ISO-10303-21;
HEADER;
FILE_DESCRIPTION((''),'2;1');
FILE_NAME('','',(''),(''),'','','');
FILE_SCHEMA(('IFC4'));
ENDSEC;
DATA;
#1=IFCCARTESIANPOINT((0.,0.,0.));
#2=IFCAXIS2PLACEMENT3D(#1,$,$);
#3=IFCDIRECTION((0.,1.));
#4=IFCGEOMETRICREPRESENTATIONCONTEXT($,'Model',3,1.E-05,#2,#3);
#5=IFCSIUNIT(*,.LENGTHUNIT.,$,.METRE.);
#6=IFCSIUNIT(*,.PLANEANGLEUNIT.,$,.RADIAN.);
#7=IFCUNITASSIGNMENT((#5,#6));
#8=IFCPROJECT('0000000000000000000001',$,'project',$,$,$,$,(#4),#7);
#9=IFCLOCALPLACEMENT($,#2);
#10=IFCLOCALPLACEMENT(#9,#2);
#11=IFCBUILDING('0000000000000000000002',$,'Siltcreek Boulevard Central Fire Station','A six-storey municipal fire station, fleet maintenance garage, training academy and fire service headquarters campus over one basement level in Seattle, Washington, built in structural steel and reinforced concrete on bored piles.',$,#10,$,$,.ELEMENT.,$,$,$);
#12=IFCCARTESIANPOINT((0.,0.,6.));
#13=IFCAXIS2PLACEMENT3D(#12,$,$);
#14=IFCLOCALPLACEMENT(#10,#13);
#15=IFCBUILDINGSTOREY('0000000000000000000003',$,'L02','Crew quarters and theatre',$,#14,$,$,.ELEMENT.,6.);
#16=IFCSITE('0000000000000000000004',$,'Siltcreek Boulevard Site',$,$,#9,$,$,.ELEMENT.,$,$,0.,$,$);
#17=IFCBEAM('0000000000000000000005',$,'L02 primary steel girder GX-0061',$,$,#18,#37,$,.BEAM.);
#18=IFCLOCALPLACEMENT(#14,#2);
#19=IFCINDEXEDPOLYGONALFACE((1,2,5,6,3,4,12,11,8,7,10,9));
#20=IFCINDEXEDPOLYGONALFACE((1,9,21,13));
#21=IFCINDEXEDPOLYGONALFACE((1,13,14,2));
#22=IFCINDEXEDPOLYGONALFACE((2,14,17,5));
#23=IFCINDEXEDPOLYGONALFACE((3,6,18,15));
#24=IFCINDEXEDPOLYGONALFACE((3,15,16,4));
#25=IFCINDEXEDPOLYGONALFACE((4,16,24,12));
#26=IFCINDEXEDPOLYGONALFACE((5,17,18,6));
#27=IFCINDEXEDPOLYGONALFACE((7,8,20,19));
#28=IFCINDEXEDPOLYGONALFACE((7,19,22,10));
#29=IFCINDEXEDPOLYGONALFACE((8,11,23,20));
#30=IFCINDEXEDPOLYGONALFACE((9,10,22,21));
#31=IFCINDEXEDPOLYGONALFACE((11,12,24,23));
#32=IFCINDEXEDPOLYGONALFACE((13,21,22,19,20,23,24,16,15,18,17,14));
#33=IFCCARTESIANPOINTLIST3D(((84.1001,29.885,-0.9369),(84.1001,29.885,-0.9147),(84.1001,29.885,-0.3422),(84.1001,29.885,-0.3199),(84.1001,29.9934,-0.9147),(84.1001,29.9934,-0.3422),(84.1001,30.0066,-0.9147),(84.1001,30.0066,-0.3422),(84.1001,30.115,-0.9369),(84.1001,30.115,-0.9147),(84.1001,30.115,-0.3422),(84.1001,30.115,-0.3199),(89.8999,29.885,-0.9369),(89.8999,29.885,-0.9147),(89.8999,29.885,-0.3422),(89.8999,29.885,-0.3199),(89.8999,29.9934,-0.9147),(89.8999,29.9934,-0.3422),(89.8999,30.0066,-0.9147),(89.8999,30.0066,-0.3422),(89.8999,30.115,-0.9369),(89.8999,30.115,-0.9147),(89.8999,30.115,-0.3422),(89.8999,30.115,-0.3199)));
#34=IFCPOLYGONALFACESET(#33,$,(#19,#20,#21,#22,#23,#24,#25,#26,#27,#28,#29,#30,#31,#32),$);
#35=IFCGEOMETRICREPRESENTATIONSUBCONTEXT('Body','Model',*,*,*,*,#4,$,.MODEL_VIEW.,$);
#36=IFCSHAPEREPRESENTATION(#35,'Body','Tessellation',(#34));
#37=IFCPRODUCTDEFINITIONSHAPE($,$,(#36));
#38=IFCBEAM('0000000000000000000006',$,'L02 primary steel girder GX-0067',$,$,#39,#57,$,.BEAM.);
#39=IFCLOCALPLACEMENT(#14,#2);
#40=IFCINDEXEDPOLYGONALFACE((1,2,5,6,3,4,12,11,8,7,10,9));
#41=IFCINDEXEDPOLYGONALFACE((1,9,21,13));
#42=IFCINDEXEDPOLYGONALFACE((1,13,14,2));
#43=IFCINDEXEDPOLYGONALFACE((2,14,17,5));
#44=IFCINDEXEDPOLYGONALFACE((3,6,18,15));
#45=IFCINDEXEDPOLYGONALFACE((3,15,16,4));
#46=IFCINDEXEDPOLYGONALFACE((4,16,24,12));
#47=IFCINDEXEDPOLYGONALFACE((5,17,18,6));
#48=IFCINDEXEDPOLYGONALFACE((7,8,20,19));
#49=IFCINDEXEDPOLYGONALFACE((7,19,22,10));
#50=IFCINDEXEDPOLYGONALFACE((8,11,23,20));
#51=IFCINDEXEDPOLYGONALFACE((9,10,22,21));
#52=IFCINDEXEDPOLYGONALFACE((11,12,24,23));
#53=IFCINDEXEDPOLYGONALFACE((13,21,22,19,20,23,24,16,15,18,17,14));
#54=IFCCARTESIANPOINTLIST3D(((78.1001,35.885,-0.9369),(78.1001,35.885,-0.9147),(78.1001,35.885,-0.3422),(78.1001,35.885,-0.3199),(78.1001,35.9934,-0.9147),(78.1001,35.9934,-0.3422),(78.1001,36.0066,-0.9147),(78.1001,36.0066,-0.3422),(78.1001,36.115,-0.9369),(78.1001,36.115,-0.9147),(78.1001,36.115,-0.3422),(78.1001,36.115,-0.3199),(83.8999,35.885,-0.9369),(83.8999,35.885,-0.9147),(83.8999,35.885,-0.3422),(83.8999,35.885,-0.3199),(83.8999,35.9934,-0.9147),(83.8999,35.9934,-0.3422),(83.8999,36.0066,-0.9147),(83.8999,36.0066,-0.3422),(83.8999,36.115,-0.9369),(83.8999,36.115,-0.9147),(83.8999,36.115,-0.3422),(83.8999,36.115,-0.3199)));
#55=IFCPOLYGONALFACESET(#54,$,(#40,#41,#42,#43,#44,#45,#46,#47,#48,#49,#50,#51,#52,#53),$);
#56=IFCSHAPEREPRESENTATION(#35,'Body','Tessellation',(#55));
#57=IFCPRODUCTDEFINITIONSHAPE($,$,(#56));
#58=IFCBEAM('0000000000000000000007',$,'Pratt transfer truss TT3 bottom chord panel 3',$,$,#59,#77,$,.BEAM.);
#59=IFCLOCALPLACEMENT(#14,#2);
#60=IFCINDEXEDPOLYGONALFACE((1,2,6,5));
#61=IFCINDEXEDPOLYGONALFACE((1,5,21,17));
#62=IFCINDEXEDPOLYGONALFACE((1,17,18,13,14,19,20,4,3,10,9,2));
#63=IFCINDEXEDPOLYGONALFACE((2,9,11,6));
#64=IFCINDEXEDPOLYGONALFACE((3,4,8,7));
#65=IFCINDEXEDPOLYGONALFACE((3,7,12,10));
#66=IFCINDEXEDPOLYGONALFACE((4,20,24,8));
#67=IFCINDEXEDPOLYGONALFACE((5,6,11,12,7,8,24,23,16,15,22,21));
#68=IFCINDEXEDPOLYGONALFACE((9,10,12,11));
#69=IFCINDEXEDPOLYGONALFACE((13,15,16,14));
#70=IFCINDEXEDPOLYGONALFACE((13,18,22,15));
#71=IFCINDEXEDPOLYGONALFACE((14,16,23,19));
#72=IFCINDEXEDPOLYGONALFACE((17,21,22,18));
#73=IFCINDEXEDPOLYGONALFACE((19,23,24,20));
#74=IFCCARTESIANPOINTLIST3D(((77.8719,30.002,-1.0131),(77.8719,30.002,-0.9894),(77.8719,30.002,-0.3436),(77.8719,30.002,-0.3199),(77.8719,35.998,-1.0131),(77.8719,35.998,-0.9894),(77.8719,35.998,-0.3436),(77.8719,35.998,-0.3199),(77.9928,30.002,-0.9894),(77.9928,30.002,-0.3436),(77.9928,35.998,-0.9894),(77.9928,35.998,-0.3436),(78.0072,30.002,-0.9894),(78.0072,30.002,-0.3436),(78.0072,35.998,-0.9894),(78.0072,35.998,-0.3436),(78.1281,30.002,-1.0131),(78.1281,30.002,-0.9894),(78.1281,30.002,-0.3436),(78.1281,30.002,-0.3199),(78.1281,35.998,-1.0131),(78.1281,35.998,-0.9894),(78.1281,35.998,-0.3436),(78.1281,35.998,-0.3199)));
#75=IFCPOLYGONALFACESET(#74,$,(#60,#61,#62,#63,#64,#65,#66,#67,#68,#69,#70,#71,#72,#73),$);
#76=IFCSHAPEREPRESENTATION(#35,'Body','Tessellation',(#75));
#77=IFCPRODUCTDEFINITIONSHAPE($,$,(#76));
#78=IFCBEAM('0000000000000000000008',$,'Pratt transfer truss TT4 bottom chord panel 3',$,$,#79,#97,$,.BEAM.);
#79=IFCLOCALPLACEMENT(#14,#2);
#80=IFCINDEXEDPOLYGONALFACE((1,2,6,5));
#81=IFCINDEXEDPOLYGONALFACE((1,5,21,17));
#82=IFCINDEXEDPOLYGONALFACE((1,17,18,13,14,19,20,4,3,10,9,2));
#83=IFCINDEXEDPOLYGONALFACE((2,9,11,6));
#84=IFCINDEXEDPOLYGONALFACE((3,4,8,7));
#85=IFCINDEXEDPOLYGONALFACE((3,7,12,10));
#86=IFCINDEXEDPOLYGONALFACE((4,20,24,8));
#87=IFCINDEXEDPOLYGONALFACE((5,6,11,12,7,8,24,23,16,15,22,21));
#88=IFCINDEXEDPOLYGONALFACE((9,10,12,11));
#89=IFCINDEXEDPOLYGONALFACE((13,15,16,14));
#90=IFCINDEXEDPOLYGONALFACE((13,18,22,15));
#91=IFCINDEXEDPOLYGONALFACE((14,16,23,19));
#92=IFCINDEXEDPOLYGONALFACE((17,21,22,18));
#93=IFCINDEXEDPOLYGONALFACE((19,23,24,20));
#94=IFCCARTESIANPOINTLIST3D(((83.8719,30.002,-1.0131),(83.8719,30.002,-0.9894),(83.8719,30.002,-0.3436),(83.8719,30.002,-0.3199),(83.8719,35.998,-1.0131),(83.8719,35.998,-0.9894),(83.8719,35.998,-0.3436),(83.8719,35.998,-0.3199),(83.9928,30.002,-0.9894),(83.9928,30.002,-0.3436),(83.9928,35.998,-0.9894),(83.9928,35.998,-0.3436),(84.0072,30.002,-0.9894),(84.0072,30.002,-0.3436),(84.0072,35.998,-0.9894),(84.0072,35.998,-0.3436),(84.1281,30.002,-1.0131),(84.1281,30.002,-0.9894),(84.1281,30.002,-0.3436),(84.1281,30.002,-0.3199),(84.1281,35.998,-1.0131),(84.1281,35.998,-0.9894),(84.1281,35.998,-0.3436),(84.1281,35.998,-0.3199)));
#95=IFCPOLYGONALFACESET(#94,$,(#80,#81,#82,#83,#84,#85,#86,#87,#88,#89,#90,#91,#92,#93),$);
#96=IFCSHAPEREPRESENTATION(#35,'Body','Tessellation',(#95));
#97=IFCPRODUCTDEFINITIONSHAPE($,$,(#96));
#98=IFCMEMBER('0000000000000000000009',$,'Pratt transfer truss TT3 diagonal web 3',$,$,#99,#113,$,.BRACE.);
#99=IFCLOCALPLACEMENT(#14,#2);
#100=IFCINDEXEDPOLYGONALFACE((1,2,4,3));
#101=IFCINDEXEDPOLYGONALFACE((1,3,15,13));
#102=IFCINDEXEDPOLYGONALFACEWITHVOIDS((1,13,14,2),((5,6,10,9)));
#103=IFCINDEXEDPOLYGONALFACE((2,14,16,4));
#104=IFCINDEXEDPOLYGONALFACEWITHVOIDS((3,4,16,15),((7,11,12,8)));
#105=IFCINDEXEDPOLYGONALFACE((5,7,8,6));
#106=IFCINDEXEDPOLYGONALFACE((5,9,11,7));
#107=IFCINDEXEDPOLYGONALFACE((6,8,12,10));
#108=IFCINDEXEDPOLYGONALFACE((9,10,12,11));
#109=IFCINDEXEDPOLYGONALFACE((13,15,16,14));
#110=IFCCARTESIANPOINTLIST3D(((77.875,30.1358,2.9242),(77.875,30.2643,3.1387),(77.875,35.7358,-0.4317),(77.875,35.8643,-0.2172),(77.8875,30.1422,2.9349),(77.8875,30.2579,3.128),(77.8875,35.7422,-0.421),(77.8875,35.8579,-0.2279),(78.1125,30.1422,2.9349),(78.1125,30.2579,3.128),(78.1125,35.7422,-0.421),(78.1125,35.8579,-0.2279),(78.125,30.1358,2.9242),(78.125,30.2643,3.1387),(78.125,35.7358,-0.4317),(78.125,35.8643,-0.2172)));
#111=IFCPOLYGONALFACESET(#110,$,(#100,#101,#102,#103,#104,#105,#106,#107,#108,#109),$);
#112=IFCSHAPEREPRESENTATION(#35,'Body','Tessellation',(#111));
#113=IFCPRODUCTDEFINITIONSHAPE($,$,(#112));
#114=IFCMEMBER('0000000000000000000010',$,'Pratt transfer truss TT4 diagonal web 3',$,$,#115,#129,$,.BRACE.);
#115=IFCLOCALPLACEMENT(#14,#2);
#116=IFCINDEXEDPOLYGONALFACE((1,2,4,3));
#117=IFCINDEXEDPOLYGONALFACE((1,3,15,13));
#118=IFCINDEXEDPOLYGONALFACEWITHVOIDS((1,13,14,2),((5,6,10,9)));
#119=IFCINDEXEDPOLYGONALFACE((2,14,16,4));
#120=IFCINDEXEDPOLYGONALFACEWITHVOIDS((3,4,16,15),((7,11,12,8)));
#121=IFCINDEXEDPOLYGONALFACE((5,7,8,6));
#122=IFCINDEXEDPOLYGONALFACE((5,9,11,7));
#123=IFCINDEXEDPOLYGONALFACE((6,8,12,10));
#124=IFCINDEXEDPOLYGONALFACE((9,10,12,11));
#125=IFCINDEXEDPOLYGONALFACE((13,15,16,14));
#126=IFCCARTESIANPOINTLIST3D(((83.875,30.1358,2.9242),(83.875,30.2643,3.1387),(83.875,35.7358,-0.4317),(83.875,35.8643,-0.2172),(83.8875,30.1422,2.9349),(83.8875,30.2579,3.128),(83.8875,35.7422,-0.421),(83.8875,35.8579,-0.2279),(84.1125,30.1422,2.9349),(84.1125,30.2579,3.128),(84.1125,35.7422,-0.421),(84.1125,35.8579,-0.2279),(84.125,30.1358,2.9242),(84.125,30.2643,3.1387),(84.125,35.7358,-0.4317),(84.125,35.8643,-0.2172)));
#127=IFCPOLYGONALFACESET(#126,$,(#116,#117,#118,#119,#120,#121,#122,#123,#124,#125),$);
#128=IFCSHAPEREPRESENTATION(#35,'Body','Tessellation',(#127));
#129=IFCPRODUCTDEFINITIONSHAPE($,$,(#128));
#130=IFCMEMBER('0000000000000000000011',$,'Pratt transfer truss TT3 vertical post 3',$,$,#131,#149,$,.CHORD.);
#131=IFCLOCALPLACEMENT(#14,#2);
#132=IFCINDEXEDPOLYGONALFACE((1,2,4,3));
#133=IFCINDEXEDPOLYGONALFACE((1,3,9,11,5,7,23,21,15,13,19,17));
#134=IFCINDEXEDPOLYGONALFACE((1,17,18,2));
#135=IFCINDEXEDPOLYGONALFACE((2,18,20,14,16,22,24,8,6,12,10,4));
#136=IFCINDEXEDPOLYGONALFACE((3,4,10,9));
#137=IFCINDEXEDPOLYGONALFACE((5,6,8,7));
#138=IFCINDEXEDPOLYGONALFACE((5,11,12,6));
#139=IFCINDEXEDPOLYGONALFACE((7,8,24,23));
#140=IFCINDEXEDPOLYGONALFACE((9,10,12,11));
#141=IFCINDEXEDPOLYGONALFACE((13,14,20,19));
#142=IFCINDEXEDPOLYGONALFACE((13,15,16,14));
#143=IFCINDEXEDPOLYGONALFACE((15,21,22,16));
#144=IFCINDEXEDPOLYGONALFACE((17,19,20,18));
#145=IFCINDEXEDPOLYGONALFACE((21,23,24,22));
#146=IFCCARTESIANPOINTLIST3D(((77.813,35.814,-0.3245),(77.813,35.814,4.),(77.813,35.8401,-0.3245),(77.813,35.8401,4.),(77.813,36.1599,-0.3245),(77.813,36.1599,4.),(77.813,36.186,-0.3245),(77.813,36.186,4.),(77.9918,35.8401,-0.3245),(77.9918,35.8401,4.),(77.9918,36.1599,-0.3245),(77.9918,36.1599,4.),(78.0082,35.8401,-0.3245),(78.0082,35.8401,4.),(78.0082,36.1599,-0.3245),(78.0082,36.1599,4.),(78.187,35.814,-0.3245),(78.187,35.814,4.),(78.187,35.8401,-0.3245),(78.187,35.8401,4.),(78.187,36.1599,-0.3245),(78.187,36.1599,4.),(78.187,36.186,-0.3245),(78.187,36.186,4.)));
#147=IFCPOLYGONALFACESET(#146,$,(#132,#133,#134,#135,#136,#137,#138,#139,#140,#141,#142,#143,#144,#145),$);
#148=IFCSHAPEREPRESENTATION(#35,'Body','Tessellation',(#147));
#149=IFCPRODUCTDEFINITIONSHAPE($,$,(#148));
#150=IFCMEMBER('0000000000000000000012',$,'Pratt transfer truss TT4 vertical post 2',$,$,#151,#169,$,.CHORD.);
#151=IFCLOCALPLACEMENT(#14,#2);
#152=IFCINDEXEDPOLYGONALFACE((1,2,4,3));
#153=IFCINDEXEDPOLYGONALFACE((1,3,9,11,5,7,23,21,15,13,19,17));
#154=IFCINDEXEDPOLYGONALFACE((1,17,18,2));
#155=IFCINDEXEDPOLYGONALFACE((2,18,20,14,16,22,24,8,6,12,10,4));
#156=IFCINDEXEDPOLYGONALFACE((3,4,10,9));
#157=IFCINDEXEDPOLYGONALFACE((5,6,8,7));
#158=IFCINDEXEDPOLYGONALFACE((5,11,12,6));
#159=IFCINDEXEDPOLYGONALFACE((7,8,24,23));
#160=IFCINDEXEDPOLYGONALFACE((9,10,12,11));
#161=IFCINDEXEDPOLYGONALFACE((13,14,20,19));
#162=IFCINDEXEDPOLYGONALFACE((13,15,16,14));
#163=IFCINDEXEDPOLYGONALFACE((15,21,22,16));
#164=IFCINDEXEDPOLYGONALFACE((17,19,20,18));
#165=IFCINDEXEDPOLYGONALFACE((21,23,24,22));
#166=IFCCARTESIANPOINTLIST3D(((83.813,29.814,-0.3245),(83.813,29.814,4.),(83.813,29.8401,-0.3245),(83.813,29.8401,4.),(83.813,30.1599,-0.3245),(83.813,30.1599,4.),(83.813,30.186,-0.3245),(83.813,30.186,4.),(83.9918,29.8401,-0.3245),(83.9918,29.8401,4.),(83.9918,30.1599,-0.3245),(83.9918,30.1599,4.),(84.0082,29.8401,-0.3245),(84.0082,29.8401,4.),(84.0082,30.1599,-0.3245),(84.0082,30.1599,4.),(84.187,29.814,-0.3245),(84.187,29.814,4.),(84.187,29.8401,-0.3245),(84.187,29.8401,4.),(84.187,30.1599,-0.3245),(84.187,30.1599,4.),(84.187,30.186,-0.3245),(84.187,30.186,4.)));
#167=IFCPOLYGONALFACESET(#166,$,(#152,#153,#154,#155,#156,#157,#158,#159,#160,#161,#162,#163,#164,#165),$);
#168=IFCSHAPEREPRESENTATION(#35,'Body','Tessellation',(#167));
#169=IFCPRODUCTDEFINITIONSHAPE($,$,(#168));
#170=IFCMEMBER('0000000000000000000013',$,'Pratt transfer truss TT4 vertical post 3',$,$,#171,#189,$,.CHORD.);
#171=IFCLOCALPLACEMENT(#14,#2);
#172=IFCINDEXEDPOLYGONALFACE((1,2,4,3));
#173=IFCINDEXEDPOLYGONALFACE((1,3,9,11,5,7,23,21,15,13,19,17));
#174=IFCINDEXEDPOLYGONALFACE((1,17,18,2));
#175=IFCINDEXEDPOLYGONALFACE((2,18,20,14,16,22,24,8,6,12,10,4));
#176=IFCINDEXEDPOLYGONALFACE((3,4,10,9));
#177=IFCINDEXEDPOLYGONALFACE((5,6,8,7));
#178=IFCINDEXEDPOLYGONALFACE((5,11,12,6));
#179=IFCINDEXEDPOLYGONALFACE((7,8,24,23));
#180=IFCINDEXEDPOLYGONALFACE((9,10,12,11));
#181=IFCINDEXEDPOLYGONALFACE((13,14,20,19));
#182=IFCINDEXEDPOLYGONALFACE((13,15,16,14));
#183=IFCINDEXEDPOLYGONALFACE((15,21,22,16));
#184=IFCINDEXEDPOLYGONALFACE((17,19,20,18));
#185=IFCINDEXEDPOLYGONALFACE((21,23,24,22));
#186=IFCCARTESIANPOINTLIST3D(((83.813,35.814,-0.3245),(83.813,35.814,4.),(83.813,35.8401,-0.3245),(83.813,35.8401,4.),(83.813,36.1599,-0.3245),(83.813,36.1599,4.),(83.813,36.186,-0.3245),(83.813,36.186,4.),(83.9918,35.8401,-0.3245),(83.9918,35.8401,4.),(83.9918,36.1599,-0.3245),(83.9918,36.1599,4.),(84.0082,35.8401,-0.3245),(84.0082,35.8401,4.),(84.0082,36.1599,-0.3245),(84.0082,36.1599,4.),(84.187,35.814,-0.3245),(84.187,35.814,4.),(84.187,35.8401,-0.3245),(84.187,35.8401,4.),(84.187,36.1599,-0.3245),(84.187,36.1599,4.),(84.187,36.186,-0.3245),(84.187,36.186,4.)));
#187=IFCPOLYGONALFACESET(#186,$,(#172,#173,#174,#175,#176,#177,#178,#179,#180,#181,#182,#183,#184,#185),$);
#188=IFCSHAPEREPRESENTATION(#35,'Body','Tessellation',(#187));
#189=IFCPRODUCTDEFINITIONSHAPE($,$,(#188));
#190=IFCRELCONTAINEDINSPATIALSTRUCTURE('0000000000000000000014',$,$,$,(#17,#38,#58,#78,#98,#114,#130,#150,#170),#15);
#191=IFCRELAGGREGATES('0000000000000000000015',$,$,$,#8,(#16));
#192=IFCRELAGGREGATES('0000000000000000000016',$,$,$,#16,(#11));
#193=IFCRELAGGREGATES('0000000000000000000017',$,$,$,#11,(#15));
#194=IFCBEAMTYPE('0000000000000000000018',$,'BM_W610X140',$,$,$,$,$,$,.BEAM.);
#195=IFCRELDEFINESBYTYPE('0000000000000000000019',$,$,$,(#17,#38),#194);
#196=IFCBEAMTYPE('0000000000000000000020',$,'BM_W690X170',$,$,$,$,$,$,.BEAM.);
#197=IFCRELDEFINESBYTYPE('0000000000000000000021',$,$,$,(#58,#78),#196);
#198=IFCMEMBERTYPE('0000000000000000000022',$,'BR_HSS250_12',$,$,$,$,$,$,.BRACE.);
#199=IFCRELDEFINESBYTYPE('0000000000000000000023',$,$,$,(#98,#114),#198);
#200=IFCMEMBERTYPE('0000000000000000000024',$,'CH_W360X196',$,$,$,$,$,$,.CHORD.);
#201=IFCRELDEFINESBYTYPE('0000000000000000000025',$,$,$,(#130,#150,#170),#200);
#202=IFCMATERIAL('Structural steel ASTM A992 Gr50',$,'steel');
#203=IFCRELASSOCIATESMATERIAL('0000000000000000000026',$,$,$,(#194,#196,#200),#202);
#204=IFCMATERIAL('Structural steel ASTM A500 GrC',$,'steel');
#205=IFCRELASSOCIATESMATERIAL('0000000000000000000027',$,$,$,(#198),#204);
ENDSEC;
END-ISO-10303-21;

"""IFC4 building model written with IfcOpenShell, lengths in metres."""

from ifc_helpers import new_model, si_unit, direction, frame, origin, origin_2d, place, context, subcontext, project, spatial, hollow_rectangle, i_section, extrude, material, material_profile, profile_set, type_object, element, save


model = new_model("IFC4")

# Units and contexts
model_context = context("Model", 3, precision=1e-05, world=origin(), true_north=direction((0.0, 1.0)))
body_context = subcontext(model_context, "Body", "Model", "MODEL_VIEW")
ifc_project = project(units=[si_unit("LENGTHUNIT", "METRE"), si_unit("PLANEANGLEUNIT", "RADIAN")], contexts=[model_context])

# Site, building, storey
site_placement = place(None, origin())
site = spatial("IfcSite", under=ifc_project, at=site_placement, Name="Siltcreek Boulevard Site", CompositionType="ELEMENT", RefElevation=0.0)
building_placement = place(site_placement, origin())
building = spatial("IfcBuilding", under=site, at=building_placement, Name="Siltcreek Boulevard Central Fire Station", Description="A six-storey municipal fire station, fleet maintenance garage, training academy and fire service headquarters campus over one basement level in Seattle, Washington, built in structural steel and reinforced concrete on bored piles.", CompositionType="ELEMENT")
storey_placement = place(building_placement, frame((0.0, 0.0, 6.0)))
storey = spatial("IfcBuildingStorey", under=building, at=storey_placement, Name="L02", Description="Crew quarters and theatre", CompositionType="ELEMENT", Elevation=6.0)

# Beams
ifc_material_1 = material(Name="Structural steel ASTM A992 Gr50", Category="steel")
ifc_material_profile_1 = material_profile(ifc_material_1, i_section(OverallWidth=0.23, OverallDepth=0.6169, WebThickness=0.0132, FlangeThickness=0.0222, at=origin_2d()), Name="W610X140")
ifc_profile_set_1 = profile_set([ifc_material_profile_1], Name="Structural steel ASTM A992 Gr50")
beam_type_1 = type_object("IfcBeamType", Name="BM_W610X140", PredefinedType="BEAM", material=ifc_profile_set_1)
for number, where, z_axis, x_axis, name in (
    (1, (84.1001, 30.0, -0.6284), (1.0, 0.0, 0.0), (0.0, 1.0, 0.0), "L02 primary steel girder GX-0061"),
    (2, (78.1001, 36.0, -0.6284), (1.0, 0.0, 0.0), (0.0, 1.0, 0.0), "L02 primary steel girder GX-0067"),
):
    element("IfcBeam", number, at=place(storey_placement, frame(where, z_axis=z_axis, x_axis=x_axis)), inside=storey, type_object=beam_type_1, Name=name, PredefinedType="BEAM", context=body_context, shape_type="SweptSolid", body=[
        extrude(i_section(OverallWidth=0.23, OverallDepth=0.6169, WebThickness=0.0132, FlangeThickness=0.0222, at=origin_2d()), origin(), (0.0, 0.0, 1.0), 5.7998),
    ])
ifc_material_profile_2 = material_profile(ifc_material_1, i_section(OverallWidth=0.2561, OverallDepth=0.6931, WebThickness=0.0144, FlangeThickness=0.0237, at=origin_2d()), Name="W690X170")
ifc_profile_set_2 = profile_set([ifc_material_profile_2], Name="Structural steel ASTM A992 Gr50")
beam_type_2 = type_object("IfcBeamType", Name="BM_W690X170", PredefinedType="BEAM", material=ifc_profile_set_2)
for number, where, z_axis, x_axis, name in (
    (3, (78.0, 30.002, -0.6665), (0.0, 1.0, 0.0), (-1.0, 0.0, 0.0), "Pratt transfer truss TT3 bottom chord panel 3"),
    (4, (84.0, 30.002, -0.6665), (0.0, 1.0, 0.0), (-1.0, 0.0, 0.0), "Pratt transfer truss TT4 bottom chord panel 3"),
):
    element("IfcBeam", number, at=place(storey_placement, frame(where, z_axis=z_axis, x_axis=x_axis)), inside=storey, type_object=beam_type_2, Name=name, PredefinedType="BEAM", context=body_context, shape_type="SweptSolid", body=[
        extrude(i_section(OverallWidth=0.2561, OverallDepth=0.6931, WebThickness=0.0144, FlangeThickness=0.0237, at=origin_2d()), origin(), (0.0, 0.0, 1.0), 5.9961),
    ])

# Members
ifc_material_2 = material(Name="Structural steel ASTM A500 GrC", Category="steel")
ifc_material_profile_3 = material_profile(ifc_material_2, hollow_rectangle(XDim=0.25, YDim=0.25, WallThickness=0.0125, at=origin_2d()), Name="HSS250X250X12.5")
ifc_profile_set_3 = profile_set([ifc_material_profile_3], Name="Structural steel ASTM A500 GrC")
member_type_1 = type_object("IfcMemberType", Name="BR_HSS250_12", PredefinedType="BRACE", material=ifc_profile_set_3)
for number, where, z_axis, x_axis, name in (
    (5, (78.0, 35.8, -0.3245), (0.0, -0.85777, 0.514034), (1.0, 0.0, 0.0), "Pratt transfer truss TT3 diagonal web 3"),
    (6, (84.0, 35.8, -0.3245), (0.0, -0.85777, 0.514034), (1.0, 0.0, 0.0), "Pratt transfer truss TT4 diagonal web 3"),
):
    element("IfcMember", number, at=place(storey_placement, frame(where, z_axis=z_axis, x_axis=x_axis)), inside=storey, type_object=member_type_1, Name=name, PredefinedType="BRACE", context=body_context, shape_type="SweptSolid", body=[
        extrude(hollow_rectangle(XDim=0.25, YDim=0.25, WallThickness=0.0125, at=origin_2d()), origin(), (0.0, 0.0, 1.0), 6.5286),
    ])
ifc_material_profile_4 = material_profile(ifc_material_1, i_section(OverallWidth=0.374, OverallDepth=0.3721, WebThickness=0.0164, FlangeThickness=0.0261, at=origin_2d()), Name="W360X196")
ifc_profile_set_4 = profile_set([ifc_material_profile_4], Name="Structural steel ASTM A992 Gr50")
member_type_2 = type_object("IfcMemberType", Name="CH_W360X196", PredefinedType="CHORD", material=ifc_profile_set_4)
for number, where, z_axis, x_axis, name in (
    (7, (78.0, 36.0, -0.3245), (0.0, 0.0, 1.0), (1.0, 0.0, 0.0), "Pratt transfer truss TT3 vertical post 3"),
    (8, (84.0, 30.0, -0.3245), (0.0, 0.0, 1.0), (1.0, 0.0, 0.0), "Pratt transfer truss TT4 vertical post 2"),
    (9, (84.0, 36.0, -0.3245), (0.0, 0.0, 1.0), (1.0, 0.0, 0.0), "Pratt transfer truss TT4 vertical post 3"),
):
    element("IfcMember", number, at=place(storey_placement, frame(where, z_axis=z_axis, x_axis=x_axis)), inside=storey, type_object=member_type_2, Name=name, PredefinedType="CHORD", context=body_context, shape_type="SweptSolid", body=[
        extrude(i_section(OverallWidth=0.374, OverallDepth=0.3721, WebThickness=0.0164, FlangeThickness=0.0261, at=origin_2d()), origin(), (0.0, 0.0, 1.0), 4.3245),
    ])

save(model, "model.ifc")
